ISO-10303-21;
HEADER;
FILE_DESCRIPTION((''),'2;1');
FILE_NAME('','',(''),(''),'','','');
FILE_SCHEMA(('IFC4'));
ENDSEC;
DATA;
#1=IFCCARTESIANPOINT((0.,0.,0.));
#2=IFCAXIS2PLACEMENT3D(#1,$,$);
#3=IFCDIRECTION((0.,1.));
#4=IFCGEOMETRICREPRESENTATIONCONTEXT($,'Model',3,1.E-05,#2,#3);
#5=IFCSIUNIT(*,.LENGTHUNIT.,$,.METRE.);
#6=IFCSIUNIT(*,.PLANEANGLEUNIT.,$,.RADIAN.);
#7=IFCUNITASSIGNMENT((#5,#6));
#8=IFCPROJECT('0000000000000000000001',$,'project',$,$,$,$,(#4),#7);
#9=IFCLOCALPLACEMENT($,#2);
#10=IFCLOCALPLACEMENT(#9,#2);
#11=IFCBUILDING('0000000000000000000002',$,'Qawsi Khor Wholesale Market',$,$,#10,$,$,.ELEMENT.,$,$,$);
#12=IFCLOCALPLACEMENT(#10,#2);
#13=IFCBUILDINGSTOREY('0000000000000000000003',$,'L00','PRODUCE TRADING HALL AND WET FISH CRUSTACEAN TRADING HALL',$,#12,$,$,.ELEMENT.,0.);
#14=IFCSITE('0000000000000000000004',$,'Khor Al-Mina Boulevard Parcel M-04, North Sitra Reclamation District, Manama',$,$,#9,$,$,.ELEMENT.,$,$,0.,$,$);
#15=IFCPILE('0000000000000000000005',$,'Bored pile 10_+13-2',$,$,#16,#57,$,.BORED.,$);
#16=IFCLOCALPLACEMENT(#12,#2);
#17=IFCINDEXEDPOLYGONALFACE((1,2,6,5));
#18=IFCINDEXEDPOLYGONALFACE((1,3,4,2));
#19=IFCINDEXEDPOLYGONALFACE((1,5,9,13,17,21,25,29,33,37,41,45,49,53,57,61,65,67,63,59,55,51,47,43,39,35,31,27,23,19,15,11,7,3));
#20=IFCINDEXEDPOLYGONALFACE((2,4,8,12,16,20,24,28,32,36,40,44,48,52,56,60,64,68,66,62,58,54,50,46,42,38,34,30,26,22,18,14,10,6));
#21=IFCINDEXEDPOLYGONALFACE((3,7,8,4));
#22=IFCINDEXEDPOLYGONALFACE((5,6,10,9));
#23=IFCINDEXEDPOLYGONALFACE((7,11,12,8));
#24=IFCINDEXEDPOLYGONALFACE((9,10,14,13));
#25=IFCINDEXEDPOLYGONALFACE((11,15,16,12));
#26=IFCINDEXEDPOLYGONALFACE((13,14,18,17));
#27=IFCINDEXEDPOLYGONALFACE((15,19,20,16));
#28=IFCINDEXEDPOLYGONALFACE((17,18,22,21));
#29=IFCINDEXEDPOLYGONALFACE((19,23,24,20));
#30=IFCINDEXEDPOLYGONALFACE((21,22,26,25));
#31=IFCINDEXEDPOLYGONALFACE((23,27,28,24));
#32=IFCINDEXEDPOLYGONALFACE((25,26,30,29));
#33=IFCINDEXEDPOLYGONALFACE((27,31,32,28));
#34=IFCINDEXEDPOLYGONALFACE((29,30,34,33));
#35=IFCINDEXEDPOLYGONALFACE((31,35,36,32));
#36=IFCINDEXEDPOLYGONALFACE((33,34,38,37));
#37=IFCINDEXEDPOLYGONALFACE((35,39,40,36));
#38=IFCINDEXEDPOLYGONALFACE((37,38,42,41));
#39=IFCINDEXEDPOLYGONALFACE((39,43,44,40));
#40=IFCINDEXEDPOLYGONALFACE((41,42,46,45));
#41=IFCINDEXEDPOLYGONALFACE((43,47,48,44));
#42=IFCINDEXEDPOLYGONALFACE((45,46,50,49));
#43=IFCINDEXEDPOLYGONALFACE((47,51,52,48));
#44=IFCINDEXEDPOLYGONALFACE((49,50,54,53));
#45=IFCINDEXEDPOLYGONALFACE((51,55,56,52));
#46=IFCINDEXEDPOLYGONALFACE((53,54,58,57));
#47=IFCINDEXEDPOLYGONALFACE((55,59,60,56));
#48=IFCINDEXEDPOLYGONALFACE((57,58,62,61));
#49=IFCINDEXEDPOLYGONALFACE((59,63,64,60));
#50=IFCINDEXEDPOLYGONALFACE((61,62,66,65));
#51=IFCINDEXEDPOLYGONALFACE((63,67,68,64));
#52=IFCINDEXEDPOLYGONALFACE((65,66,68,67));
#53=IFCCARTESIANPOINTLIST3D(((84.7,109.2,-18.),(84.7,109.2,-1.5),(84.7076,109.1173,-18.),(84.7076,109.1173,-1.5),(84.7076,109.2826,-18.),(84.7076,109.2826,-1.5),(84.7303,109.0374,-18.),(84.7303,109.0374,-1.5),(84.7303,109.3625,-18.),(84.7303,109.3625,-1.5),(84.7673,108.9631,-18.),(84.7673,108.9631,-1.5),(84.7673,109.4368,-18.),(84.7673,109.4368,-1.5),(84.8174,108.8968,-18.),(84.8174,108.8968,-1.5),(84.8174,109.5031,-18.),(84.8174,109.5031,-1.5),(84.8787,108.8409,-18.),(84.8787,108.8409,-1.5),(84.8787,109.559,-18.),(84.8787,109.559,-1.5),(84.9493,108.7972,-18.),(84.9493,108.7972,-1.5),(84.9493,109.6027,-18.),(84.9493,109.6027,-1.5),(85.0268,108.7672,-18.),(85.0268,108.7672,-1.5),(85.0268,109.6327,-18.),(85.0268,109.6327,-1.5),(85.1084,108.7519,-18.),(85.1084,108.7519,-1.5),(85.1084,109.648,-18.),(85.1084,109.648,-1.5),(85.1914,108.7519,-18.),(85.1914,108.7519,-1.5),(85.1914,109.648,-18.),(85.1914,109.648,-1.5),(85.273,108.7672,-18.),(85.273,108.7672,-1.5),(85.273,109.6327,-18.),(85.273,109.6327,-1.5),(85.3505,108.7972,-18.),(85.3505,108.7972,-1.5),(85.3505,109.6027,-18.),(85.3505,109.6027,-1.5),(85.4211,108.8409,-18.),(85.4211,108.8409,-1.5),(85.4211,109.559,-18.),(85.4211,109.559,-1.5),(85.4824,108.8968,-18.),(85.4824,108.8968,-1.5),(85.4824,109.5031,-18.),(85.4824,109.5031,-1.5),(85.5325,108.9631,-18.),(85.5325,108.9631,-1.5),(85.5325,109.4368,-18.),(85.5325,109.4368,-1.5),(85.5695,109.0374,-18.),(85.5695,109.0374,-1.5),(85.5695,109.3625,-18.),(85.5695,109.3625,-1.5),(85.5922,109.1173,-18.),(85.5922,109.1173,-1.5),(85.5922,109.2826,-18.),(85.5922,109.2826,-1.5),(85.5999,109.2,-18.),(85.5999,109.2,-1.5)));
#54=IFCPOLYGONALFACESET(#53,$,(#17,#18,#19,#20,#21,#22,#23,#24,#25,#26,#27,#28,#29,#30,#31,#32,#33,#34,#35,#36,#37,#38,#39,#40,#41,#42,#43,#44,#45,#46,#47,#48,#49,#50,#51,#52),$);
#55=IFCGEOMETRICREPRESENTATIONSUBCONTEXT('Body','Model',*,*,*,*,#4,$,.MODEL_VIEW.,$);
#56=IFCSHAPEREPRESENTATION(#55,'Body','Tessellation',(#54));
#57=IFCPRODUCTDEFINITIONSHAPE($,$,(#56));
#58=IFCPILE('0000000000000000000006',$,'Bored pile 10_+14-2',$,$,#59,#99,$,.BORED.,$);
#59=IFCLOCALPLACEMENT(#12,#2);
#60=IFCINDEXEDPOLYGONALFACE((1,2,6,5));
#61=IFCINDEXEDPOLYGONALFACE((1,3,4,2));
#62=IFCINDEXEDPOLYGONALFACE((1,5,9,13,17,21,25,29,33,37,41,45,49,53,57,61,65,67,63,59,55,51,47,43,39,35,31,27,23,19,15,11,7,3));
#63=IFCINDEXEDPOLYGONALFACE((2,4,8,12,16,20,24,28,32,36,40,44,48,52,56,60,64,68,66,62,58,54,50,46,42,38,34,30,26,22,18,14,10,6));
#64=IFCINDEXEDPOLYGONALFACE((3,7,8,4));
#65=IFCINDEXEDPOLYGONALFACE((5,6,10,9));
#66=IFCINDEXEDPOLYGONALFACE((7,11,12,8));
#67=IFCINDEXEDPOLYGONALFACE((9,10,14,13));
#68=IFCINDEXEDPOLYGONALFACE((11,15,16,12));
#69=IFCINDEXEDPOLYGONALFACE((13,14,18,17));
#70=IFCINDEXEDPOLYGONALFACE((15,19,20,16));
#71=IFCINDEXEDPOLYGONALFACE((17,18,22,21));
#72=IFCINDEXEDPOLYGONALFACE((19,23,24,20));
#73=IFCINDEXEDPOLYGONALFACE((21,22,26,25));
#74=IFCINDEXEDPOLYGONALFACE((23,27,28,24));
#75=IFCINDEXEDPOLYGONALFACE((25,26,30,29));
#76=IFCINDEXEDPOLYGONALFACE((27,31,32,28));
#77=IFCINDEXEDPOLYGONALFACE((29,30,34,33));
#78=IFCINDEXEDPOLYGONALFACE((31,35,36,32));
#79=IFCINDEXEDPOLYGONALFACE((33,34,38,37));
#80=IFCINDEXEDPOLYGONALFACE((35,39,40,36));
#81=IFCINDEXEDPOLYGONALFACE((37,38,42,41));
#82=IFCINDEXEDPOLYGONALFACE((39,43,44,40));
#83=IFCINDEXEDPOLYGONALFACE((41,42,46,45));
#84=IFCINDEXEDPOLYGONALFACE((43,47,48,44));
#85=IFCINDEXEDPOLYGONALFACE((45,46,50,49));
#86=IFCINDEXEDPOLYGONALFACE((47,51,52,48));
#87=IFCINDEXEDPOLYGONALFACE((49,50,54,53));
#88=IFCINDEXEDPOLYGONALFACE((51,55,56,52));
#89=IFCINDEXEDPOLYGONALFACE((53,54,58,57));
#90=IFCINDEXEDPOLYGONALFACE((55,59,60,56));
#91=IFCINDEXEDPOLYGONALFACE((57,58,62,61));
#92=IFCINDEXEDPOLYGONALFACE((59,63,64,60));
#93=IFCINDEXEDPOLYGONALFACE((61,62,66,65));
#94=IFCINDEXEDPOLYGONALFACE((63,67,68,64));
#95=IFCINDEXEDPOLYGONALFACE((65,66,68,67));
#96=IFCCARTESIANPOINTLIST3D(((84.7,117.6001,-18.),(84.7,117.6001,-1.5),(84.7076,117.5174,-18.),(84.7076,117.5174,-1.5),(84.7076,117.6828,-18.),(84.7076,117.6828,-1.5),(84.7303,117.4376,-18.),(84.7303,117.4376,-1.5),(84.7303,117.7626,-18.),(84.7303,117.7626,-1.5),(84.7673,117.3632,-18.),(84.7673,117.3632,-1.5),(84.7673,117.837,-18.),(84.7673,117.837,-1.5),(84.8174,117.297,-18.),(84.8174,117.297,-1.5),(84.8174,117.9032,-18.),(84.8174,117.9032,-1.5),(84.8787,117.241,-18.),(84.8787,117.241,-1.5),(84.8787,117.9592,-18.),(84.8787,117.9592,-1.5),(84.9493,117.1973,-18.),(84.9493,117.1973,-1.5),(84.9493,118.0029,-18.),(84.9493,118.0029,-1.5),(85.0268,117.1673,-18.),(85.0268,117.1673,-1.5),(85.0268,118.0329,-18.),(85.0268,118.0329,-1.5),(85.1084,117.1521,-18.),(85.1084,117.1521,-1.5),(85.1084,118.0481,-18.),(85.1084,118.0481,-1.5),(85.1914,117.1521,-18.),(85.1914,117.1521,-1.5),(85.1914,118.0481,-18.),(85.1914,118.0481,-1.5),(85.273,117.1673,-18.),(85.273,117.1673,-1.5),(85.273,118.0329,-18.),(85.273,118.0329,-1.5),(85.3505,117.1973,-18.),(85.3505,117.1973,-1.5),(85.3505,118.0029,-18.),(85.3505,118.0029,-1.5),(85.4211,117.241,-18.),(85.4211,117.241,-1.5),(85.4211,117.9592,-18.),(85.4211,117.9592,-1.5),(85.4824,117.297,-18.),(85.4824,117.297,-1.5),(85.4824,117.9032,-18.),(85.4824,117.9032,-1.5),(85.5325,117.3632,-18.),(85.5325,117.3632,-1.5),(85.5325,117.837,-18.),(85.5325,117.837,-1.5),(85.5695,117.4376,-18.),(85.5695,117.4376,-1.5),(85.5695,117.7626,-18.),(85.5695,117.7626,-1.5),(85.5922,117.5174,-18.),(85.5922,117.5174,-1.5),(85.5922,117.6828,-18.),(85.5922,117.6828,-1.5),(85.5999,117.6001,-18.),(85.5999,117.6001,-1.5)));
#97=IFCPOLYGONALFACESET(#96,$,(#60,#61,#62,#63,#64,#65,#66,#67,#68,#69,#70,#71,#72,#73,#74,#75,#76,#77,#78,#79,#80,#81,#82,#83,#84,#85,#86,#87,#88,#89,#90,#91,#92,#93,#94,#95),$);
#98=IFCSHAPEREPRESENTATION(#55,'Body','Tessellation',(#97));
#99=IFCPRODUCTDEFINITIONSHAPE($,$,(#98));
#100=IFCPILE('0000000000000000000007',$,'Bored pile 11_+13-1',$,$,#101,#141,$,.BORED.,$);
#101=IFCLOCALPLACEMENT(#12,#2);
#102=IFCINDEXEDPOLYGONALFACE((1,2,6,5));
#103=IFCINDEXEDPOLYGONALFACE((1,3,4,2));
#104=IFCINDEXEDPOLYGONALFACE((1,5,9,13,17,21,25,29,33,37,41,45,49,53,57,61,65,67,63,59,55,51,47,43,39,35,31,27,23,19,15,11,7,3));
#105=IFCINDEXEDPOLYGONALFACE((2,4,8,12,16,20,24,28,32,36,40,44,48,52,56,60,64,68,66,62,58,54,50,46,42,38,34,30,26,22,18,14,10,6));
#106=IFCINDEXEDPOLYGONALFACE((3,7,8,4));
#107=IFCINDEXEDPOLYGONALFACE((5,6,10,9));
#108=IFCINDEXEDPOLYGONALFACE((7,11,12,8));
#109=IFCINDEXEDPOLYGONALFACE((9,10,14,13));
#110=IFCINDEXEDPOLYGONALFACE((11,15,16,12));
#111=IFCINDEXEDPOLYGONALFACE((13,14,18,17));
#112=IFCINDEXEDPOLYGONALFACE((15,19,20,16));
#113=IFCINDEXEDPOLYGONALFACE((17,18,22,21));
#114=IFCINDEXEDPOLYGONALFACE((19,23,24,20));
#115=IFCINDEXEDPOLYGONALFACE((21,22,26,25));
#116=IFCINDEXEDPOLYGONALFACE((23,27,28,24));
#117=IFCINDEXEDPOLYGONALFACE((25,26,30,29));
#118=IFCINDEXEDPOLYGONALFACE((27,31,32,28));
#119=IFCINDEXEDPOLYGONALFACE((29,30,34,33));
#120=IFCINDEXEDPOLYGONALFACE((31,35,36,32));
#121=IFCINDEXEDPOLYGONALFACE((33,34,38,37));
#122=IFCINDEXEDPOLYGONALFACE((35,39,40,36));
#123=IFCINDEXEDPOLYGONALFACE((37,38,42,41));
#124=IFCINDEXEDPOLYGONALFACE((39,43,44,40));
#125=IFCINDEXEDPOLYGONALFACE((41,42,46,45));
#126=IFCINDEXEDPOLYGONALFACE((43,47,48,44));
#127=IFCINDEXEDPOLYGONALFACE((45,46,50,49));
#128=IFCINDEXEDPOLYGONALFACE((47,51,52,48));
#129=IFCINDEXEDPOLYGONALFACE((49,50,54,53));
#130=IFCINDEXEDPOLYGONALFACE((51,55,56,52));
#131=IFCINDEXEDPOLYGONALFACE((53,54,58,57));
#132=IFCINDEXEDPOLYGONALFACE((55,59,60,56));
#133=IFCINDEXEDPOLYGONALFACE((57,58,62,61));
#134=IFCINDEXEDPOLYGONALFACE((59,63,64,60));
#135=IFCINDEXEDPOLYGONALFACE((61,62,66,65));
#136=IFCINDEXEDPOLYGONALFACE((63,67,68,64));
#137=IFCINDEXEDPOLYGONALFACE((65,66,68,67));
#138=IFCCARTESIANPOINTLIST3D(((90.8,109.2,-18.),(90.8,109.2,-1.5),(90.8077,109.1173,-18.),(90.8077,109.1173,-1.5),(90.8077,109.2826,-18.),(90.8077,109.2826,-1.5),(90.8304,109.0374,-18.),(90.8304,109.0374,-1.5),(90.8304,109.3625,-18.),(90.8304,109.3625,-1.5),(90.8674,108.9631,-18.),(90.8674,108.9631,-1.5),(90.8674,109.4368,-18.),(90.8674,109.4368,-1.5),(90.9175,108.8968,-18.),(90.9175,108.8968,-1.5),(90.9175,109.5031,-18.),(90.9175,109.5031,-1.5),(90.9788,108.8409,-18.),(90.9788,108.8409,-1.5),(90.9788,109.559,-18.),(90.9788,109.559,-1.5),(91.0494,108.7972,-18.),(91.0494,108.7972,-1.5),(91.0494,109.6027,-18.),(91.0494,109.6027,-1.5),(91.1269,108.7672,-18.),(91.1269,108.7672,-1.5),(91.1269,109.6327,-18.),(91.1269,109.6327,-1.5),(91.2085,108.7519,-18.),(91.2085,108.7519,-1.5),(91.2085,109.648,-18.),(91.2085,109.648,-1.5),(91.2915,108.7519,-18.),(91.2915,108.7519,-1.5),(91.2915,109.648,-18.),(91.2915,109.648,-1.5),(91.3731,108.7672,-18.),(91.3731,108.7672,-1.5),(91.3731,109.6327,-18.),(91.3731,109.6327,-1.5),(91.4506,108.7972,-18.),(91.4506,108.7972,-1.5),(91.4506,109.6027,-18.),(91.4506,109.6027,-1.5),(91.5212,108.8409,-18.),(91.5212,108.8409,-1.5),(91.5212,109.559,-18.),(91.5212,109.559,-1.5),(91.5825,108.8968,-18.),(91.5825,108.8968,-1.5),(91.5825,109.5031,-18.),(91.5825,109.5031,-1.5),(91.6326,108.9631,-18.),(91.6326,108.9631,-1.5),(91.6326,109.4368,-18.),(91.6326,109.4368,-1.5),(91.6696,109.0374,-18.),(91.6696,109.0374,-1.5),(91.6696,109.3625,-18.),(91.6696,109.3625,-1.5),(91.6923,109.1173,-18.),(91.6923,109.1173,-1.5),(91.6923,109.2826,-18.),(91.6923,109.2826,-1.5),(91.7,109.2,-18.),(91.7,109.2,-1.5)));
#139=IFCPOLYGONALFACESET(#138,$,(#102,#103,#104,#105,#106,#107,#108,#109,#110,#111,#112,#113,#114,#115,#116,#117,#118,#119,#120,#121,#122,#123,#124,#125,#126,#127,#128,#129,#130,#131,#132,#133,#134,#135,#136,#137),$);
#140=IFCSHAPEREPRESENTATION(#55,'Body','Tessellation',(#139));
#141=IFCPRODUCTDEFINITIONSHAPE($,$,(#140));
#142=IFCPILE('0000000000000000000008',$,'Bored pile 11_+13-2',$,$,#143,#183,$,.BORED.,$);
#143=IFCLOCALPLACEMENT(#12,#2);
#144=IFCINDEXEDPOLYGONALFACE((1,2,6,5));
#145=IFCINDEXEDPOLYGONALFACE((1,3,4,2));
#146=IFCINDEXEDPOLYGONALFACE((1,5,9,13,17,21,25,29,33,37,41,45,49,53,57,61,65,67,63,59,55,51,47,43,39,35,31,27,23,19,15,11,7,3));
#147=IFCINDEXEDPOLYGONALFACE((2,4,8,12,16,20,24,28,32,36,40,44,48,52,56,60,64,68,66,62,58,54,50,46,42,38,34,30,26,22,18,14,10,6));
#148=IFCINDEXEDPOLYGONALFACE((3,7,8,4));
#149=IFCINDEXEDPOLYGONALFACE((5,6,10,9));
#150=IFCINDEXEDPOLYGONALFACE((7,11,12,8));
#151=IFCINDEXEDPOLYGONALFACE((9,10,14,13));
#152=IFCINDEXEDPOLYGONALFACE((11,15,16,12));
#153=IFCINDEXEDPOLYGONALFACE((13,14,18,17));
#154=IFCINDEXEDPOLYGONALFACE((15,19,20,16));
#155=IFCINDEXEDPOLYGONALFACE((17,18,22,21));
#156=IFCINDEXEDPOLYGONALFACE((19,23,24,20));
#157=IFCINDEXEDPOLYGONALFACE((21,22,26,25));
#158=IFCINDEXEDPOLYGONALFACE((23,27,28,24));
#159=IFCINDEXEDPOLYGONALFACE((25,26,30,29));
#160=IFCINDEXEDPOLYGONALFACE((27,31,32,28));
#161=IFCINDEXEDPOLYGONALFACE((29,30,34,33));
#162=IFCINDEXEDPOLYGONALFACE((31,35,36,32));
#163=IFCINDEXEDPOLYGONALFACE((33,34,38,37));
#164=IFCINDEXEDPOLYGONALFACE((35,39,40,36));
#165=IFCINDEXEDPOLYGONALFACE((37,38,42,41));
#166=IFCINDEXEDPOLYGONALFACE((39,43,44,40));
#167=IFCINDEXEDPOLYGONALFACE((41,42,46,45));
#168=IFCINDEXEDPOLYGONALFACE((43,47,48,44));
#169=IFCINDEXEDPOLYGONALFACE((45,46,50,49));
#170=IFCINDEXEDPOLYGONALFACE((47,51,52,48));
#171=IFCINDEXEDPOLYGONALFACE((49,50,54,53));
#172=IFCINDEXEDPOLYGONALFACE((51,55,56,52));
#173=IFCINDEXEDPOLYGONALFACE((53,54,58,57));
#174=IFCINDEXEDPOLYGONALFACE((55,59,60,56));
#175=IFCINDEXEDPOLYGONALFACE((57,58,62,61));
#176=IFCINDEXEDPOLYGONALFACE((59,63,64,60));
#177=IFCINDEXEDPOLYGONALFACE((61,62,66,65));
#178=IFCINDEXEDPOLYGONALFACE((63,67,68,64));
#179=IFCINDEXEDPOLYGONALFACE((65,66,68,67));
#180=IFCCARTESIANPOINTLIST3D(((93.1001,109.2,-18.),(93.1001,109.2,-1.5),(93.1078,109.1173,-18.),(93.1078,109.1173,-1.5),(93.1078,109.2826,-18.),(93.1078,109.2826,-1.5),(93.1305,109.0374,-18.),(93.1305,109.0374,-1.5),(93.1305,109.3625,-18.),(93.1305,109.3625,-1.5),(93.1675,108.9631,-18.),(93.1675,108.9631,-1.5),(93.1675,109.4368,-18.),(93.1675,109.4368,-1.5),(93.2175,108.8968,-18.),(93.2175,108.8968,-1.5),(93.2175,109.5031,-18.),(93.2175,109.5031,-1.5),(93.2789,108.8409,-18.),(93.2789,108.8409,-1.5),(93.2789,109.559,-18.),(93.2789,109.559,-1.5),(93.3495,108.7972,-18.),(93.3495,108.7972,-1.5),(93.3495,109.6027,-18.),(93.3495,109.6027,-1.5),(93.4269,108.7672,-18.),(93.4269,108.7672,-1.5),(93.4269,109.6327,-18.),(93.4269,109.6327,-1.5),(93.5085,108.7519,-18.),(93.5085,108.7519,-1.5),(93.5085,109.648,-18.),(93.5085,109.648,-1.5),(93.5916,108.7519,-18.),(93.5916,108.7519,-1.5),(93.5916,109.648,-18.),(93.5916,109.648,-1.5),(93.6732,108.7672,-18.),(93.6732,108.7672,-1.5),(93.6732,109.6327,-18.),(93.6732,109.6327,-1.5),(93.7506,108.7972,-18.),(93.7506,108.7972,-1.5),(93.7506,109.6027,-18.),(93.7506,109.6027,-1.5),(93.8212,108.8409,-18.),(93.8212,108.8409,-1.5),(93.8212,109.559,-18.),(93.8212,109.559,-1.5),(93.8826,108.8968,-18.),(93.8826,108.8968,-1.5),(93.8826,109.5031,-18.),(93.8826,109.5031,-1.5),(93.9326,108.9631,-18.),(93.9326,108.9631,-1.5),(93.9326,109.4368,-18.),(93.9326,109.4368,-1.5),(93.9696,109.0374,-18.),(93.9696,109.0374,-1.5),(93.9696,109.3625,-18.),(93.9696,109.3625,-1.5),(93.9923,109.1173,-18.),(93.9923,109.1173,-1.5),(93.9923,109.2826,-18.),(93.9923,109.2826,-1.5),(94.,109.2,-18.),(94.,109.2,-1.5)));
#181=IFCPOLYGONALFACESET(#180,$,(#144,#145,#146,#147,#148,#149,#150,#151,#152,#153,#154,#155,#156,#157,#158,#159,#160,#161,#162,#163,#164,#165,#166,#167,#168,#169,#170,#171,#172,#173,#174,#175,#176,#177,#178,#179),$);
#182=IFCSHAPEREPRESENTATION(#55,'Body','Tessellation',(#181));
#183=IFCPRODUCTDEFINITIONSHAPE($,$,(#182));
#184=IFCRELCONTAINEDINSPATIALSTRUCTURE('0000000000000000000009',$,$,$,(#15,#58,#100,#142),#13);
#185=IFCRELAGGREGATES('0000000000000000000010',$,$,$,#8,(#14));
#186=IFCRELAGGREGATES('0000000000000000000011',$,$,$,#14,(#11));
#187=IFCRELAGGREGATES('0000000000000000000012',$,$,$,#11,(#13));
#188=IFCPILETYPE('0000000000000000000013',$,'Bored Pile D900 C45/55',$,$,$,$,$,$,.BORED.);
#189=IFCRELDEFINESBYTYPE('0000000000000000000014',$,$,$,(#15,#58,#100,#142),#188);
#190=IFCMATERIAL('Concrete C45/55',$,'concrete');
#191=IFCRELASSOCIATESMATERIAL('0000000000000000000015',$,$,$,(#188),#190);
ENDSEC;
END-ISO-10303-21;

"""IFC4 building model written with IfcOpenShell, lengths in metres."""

from ifc_helpers import new_model, si_unit, direction, frame, origin, origin_2d, place, context, subcontext, project, spatial, circle, extrude, material, material_profile, profile_set, type_object, element, save


model = new_model("IFC4")

# Units and contexts
model_context = context("Model", 3, precision=1e-05, world=origin(), true_north=direction((0.0, 1.0)))
body_context = subcontext(model_context, "Body", "Model", "MODEL_VIEW")
ifc_project = project(units=[si_unit("LENGTHUNIT", "METRE"), si_unit("PLANEANGLEUNIT", "RADIAN")], contexts=[model_context])

# Site, building, storey
site_placement = place(None, origin())
site = spatial("IfcSite", under=ifc_project, at=site_placement, Name="Khor Al-Mina Boulevard Parcel M-04, North Sitra Reclamation District, Manama", CompositionType="ELEMENT", RefElevation=0.0)
building_placement = place(site_placement, origin())
building = spatial("IfcBuilding", under=site, at=building_placement, Name="Qawsi Khor Wholesale Market", CompositionType="ELEMENT")
storey_placement = place(building_placement, origin())
storey = spatial("IfcBuildingStorey", under=building, at=storey_placement, Name="L00", Description="PRODUCE TRADING HALL AND WET FISH CRUSTACEAN TRADING HALL", CompositionType="ELEMENT", Elevation=0.0)

# Piles
ifc_material_1 = material(Name="Concrete C45/55", Category="concrete")
ifc_material_profile_1 = material_profile(ifc_material_1, circle(Radius=0.45, at=origin_2d()), Name="PILE D900")
ifc_profile_set_1 = profile_set([ifc_material_profile_1], Name="Concrete C45/55")
pile_type = type_object("IfcPileType", Name="Bored Pile D900 C45/55", PredefinedType="BORED", material=ifc_profile_set_1)
for number, where, z_axis, x_axis, name in (
    (1, (85.1499, 109.2, -1.5), (0.0, 0.0, -1.0), (1.0, 0.0, 0.0), "Bored pile 10_+13-2"),
    (2, (85.1499, 117.6001, -1.5), (0.0, 0.0, -1.0), (1.0, 0.0, 0.0), "Bored pile 10_+14-2"),
    (3, (91.25, 109.2, -1.5), (0.0, 0.0, -1.0), (1.0, 0.0, 0.0), "Bored pile 11_+13-1"),
    (4, (93.55, 109.2, -1.5), (0.0, 0.0, -1.0), (1.0, 0.0, 0.0), "Bored pile 11_+13-2"),
):
    element("IfcPile", number, at=place(storey_placement, frame(where, z_axis=z_axis, x_axis=x_axis)), inside=storey, type_object=pile_type, Name=name, PredefinedType="BORED", context=body_context, shape_type="SweptSolid", body=[
        extrude(circle(Radius=0.45, at=origin_2d()), origin(), (0.0, 0.0, 1.0), 16.5),
    ])

save(model, "model.ifc")
